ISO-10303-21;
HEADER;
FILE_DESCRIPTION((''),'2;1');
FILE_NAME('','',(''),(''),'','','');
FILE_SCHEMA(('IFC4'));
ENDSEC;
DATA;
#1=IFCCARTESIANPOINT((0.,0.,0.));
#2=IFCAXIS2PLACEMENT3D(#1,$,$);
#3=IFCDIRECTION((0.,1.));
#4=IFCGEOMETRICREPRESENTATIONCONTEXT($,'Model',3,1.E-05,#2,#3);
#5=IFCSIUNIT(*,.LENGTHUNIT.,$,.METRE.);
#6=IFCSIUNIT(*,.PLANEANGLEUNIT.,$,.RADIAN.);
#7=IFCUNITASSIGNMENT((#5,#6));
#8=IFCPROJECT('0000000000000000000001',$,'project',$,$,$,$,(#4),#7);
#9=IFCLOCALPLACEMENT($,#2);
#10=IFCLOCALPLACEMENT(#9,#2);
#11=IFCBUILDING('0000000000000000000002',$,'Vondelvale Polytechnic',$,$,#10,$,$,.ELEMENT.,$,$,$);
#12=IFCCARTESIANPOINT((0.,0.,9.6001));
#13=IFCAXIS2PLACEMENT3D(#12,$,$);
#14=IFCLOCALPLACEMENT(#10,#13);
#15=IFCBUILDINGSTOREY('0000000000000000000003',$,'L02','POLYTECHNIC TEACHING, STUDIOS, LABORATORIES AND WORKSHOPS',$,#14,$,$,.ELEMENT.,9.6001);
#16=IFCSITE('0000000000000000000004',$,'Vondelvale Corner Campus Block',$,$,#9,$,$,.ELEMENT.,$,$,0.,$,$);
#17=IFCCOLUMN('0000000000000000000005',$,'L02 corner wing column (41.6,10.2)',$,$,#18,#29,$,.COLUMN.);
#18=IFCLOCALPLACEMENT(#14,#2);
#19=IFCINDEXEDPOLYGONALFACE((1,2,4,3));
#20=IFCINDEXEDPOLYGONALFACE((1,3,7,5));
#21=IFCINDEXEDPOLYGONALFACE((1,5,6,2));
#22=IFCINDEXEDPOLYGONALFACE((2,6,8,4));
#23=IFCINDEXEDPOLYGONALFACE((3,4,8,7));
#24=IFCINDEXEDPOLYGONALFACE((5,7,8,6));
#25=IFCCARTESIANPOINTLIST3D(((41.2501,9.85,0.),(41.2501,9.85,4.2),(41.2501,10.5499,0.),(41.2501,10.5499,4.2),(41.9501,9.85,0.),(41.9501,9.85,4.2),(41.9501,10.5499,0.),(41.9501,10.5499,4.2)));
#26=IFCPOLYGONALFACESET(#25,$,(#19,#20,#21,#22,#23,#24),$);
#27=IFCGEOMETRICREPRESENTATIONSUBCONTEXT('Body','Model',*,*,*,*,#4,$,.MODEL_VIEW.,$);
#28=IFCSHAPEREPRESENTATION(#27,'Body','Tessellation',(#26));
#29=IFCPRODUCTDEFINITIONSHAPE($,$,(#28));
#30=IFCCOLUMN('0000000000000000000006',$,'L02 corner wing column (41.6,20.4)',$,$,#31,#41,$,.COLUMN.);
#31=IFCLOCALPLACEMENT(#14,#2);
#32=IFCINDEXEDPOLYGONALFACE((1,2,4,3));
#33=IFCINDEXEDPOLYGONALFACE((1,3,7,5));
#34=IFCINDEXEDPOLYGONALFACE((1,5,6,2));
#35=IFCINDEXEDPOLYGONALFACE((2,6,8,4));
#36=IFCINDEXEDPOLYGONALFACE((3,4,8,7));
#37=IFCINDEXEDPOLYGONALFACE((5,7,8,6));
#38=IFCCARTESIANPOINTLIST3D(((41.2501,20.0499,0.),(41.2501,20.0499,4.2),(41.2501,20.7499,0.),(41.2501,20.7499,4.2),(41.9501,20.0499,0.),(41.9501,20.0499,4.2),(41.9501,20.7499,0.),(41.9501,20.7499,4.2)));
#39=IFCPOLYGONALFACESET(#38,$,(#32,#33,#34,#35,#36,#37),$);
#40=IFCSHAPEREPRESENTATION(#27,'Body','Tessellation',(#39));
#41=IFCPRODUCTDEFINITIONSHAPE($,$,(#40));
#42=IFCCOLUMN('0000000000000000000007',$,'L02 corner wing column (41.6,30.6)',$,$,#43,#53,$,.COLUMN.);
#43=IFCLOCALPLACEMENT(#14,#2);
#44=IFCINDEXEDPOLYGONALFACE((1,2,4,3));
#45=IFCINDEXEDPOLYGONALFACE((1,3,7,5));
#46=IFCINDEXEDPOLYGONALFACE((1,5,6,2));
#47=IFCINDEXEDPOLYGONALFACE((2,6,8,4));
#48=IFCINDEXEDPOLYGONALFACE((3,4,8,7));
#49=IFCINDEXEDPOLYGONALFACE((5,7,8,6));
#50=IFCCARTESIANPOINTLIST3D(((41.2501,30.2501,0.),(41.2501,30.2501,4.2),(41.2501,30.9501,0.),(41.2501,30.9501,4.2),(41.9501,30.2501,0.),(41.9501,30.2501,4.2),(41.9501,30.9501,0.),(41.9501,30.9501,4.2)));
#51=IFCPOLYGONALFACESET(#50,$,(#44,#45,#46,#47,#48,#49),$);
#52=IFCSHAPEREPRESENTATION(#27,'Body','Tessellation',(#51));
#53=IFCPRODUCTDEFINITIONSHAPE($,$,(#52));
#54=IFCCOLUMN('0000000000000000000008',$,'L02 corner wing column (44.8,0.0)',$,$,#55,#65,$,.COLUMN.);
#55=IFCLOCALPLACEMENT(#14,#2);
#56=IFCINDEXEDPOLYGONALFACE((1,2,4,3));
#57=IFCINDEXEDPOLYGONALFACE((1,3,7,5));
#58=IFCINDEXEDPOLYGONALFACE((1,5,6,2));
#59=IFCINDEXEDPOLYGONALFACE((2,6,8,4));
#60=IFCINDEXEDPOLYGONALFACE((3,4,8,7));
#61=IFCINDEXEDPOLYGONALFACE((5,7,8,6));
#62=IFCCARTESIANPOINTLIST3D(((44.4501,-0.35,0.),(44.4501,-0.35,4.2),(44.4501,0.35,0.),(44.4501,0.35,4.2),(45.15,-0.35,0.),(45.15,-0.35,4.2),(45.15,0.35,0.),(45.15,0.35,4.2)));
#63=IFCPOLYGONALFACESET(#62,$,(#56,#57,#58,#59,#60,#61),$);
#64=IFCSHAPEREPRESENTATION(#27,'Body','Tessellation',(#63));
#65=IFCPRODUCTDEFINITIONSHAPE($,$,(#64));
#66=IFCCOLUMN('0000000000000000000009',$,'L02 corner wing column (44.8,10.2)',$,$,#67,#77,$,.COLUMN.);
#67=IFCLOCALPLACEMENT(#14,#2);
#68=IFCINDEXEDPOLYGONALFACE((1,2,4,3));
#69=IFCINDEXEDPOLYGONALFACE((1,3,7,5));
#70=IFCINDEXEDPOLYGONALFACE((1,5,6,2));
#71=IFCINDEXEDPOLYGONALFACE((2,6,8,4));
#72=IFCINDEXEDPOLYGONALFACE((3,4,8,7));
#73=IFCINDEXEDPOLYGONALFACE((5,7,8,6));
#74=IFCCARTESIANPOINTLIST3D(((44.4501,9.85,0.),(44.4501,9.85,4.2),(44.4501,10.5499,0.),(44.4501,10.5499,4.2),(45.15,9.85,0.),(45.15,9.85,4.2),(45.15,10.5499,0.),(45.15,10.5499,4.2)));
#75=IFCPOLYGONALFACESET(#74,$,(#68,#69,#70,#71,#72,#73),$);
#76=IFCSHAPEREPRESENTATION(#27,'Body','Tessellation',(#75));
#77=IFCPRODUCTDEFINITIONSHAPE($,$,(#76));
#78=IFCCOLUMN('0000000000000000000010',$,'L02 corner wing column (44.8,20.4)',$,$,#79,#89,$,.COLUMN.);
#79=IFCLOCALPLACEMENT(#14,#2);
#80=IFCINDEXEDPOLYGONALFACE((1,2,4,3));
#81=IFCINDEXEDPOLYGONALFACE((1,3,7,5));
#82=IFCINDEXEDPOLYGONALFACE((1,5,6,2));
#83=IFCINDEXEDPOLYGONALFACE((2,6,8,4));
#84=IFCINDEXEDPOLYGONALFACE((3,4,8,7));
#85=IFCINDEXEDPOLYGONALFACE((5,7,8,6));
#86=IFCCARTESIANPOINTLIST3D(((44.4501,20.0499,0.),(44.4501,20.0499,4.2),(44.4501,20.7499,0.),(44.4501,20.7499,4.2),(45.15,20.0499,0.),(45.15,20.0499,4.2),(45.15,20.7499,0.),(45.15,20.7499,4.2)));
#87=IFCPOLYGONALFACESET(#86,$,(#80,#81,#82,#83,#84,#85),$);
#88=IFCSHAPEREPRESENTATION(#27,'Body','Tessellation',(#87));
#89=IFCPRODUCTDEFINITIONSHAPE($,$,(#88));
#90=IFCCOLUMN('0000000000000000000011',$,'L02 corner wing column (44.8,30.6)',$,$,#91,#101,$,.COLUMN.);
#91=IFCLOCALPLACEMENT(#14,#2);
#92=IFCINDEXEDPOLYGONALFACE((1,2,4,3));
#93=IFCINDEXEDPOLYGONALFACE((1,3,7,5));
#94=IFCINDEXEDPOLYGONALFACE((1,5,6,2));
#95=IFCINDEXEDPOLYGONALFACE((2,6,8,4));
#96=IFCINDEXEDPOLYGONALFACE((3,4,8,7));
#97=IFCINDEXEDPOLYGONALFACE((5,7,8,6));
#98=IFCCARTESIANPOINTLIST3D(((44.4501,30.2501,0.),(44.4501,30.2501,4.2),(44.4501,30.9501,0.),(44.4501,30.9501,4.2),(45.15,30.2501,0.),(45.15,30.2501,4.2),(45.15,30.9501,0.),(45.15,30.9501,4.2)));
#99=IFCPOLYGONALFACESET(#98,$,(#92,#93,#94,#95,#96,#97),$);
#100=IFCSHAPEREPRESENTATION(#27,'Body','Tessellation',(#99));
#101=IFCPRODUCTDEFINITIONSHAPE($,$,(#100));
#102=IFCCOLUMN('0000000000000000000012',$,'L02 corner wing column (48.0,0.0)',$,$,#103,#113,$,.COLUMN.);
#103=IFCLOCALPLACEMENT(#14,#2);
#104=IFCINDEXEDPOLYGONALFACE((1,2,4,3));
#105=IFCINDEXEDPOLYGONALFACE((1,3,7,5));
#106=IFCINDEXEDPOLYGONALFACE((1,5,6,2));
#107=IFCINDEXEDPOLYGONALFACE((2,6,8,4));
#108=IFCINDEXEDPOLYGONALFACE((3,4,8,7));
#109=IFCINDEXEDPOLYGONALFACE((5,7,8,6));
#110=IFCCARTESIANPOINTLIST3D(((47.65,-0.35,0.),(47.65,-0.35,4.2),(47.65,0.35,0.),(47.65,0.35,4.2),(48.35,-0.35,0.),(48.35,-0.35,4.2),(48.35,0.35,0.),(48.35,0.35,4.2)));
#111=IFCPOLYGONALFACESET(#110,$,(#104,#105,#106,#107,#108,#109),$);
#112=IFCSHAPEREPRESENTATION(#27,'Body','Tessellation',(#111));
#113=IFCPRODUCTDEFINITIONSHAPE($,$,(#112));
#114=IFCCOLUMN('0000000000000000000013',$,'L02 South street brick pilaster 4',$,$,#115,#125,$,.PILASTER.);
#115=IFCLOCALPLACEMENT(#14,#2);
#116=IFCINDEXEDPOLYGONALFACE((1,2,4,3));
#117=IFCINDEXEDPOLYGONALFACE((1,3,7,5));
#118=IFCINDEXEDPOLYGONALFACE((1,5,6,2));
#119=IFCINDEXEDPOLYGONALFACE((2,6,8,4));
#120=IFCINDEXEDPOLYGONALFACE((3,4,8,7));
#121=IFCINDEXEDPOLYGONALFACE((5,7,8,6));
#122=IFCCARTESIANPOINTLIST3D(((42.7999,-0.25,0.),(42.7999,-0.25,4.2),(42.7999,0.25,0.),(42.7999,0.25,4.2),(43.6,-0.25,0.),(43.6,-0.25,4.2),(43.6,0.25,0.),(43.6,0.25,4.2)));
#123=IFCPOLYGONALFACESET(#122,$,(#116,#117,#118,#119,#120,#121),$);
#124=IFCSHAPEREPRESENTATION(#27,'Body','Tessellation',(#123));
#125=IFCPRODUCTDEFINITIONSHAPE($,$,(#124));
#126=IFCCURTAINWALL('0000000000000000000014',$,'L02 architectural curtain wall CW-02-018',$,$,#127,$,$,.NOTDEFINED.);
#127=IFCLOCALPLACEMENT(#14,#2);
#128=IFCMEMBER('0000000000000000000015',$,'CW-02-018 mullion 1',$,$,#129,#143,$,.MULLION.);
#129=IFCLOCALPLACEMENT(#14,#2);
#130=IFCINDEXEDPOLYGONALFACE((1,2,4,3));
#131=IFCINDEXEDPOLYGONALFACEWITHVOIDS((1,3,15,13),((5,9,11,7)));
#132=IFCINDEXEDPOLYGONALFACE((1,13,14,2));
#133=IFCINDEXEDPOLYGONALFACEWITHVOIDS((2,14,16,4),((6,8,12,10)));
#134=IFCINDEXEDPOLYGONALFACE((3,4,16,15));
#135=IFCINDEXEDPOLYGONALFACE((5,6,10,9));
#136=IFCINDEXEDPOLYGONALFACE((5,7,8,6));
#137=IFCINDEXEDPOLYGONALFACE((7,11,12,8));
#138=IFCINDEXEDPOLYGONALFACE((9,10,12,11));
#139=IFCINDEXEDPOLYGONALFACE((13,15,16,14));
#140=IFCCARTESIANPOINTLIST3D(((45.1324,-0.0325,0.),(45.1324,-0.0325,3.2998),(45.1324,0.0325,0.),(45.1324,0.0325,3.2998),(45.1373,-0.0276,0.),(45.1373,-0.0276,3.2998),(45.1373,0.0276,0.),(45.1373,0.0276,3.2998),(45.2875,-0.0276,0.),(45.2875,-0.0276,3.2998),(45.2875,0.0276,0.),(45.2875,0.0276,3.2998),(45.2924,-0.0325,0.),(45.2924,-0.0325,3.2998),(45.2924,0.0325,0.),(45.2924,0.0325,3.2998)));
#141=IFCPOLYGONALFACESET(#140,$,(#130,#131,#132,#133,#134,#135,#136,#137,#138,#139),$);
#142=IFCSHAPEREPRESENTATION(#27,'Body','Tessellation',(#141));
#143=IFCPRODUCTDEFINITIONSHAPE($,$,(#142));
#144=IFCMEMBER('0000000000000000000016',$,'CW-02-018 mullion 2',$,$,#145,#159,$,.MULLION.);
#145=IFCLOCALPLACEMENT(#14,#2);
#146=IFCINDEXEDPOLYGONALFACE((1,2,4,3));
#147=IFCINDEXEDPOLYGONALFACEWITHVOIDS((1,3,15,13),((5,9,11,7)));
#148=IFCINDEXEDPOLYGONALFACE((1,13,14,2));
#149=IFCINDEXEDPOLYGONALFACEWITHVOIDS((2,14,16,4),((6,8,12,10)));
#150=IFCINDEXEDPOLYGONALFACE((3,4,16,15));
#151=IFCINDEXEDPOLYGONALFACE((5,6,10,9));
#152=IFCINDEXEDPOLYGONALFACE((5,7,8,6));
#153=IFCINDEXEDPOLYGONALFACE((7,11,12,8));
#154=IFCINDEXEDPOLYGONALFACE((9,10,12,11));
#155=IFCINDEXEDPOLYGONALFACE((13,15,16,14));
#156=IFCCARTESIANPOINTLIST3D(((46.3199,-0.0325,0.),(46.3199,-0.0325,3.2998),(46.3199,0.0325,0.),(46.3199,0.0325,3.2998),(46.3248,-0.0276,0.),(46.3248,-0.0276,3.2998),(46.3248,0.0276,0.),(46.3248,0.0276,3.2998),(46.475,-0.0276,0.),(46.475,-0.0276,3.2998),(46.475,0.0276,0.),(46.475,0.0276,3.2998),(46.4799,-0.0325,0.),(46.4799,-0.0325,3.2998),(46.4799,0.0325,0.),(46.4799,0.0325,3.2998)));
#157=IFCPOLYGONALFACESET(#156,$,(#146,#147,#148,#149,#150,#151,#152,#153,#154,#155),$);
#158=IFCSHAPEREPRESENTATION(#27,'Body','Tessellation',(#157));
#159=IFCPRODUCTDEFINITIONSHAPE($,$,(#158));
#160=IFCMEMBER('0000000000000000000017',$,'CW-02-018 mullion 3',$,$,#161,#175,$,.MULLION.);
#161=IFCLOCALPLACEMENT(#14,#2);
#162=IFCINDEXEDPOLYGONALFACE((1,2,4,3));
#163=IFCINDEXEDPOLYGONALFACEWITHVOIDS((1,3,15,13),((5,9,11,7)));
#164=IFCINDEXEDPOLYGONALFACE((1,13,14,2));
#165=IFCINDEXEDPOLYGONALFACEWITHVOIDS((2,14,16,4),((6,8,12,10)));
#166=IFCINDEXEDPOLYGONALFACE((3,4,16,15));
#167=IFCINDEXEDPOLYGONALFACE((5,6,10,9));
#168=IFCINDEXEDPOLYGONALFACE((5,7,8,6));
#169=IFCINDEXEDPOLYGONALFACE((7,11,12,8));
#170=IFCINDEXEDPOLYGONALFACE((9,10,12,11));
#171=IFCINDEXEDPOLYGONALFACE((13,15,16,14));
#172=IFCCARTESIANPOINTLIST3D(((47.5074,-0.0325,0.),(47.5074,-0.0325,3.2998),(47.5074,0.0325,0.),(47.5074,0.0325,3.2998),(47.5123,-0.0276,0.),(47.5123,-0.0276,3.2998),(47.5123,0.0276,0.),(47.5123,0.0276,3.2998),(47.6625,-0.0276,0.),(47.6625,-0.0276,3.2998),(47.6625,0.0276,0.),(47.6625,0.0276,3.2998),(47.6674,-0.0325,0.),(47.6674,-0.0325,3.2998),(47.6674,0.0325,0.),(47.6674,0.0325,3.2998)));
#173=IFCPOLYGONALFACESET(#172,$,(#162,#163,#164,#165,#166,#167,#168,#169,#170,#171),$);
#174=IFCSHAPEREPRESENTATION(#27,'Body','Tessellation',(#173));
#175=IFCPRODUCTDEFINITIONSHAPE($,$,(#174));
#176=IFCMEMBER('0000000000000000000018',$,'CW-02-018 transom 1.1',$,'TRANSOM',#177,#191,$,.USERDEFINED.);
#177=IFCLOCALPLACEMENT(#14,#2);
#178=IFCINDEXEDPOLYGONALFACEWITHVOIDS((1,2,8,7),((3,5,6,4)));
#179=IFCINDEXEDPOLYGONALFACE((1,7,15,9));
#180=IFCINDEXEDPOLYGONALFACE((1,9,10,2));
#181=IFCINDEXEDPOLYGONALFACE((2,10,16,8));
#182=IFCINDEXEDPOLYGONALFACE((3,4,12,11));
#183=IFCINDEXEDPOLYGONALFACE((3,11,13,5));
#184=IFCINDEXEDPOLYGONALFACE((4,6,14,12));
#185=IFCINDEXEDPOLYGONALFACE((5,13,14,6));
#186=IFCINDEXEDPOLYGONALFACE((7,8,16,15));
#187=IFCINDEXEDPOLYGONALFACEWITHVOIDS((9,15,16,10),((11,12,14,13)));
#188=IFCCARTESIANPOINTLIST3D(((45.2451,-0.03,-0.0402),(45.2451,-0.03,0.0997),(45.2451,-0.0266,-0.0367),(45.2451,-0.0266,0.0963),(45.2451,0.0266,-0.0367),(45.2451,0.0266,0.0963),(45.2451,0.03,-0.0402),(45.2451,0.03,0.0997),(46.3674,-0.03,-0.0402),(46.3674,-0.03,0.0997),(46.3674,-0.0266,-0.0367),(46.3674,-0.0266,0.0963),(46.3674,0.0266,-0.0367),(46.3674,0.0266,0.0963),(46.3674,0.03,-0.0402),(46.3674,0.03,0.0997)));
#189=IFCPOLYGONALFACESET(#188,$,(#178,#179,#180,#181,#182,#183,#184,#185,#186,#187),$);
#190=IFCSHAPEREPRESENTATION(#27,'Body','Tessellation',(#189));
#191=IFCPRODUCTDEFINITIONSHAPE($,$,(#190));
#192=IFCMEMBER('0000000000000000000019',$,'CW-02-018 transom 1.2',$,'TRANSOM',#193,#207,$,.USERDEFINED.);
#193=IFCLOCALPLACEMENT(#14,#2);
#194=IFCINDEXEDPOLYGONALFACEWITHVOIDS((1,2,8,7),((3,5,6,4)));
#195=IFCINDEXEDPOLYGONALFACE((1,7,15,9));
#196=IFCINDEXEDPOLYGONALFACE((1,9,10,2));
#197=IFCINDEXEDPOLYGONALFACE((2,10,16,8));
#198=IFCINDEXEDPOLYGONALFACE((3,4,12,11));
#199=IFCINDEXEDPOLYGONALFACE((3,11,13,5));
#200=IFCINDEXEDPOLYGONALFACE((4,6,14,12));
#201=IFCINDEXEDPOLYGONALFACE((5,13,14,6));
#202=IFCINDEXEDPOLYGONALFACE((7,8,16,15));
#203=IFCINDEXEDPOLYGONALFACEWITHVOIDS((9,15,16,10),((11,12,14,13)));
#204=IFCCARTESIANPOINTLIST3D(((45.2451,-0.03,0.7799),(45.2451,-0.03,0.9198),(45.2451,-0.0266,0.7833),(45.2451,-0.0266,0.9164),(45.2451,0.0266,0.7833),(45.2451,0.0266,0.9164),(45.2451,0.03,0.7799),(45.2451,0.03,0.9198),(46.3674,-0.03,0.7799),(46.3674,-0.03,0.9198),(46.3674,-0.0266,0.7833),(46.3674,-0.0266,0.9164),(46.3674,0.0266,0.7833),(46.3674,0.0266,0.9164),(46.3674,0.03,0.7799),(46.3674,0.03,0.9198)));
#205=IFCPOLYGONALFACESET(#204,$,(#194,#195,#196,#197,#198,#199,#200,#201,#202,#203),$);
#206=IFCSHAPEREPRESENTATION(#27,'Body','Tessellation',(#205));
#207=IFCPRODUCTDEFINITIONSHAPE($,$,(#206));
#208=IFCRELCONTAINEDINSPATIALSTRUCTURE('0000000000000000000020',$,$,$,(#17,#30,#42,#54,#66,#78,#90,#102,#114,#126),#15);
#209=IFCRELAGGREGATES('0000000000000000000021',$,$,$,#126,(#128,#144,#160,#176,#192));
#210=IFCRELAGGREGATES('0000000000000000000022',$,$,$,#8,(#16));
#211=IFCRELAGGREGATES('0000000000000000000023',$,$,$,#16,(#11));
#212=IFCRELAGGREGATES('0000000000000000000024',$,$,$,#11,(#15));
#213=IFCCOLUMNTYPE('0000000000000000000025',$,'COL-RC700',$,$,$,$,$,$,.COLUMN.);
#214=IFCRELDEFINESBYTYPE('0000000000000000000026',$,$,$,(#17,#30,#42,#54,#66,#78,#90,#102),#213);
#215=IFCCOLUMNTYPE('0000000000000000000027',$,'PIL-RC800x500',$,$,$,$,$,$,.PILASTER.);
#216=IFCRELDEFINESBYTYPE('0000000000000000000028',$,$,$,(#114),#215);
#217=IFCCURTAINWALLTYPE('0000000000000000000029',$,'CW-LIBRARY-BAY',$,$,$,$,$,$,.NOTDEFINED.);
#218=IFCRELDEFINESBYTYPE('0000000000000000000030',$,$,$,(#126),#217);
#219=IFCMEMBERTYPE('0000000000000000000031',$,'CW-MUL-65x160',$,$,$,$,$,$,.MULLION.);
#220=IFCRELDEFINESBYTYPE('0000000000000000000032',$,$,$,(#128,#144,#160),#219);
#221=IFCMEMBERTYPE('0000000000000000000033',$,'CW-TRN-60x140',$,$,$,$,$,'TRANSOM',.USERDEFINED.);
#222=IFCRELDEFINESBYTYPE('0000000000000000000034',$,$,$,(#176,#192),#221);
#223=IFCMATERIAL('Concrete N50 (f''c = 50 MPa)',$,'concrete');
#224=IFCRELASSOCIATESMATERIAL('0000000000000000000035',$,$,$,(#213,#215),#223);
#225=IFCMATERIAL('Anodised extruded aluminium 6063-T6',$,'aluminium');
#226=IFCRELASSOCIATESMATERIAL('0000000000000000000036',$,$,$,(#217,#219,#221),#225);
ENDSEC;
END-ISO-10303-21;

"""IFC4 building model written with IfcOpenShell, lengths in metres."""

from ifc_helpers import new_model, si_unit, direction, frame, origin, origin_2d, place, context, subcontext, project, spatial, rectangle, hollow_rectangle, extrude, material, material_profile, profile_set, type_object, element, aggregate, save


model = new_model("IFC4")

# Units and contexts
model_context = context("Model", 3, precision=1e-05, world=origin(), true_north=direction((0.0, 1.0)))
body_context = subcontext(model_context, "Body", "Model", "MODEL_VIEW")
ifc_project = project(units=[si_unit("LENGTHUNIT", "METRE"), si_unit("PLANEANGLEUNIT", "RADIAN")], contexts=[model_context])

# Site, building, storey
site_placement = place(None, origin())
site = spatial("IfcSite", under=ifc_project, at=site_placement, Name="Vondelvale Corner Campus Block", CompositionType="ELEMENT", RefElevation=0.0)
building_placement = place(site_placement, origin())
building = spatial("IfcBuilding", under=site, at=building_placement, Name="Vondelvale Polytechnic", CompositionType="ELEMENT")
storey_placement = place(building_placement, frame((0.0, 0.0, 9.6001)))
storey = spatial("IfcBuildingStorey", under=building, at=storey_placement, Name="L02", Description="POLYTECHNIC TEACHING, STUDIOS, LABORATORIES AND WORKSHOPS", CompositionType="ELEMENT", Elevation=9.6001)

# Columns
ifc_material_1 = material(Name="Concrete N50 (f'c = 50 MPa)", Category="concrete")
ifc_material_profile_1 = material_profile(ifc_material_1, rectangle(XDim=0.7, YDim=0.7, at=origin_2d()), Name="RC-COL-700x700")
ifc_profile_set_1 = profile_set([ifc_material_profile_1], Name="Concrete N50 (f'c = 50 MPa)")
column_type_1 = type_object("IfcColumnType", Name="COL-RC700", PredefinedType="COLUMN", material=ifc_profile_set_1)
for number, where, z_axis, x_axis, name in (
    (1, (41.6001, 10.2, 0.0), (0.0, 0.0, 1.0), (1.0, 0.0, 0.0), "L02 corner wing column (41.6,10.2)"),
    (2, (41.6001, 20.3999, 0.0), (0.0, 0.0, 1.0), (1.0, 0.0, 0.0), "L02 corner wing column (41.6,20.4)"),
    (3, (41.6001, 30.6001, 0.0), (0.0, 0.0, 1.0), (1.0, 0.0, 0.0), "L02 corner wing column (41.6,30.6)"),
    (4, (44.8, 0.0, 0.0), (0.0, 0.0, 1.0), (1.0, 0.0, 0.0), "L02 corner wing column (44.8,0.0)"),
    (5, (44.8, 10.2, 0.0), (0.0, 0.0, 1.0), (1.0, 0.0, 0.0), "L02 corner wing column (44.8,10.2)"),
    (6, (44.8, 20.3999, 0.0), (0.0, 0.0, 1.0), (1.0, 0.0, 0.0), "L02 corner wing column (44.8,20.4)"),
    (7, (44.8, 30.6001, 0.0), (0.0, 0.0, 1.0), (1.0, 0.0, 0.0), "L02 corner wing column (44.8,30.6)"),
    (8, (48.0, 0.0, 0.0), (0.0, 0.0, 1.0), (1.0, 0.0, 0.0), "L02 corner wing column (48.0,0.0)"),
):
    element("IfcColumn", number, at=place(storey_placement, frame(where, z_axis=z_axis, x_axis=x_axis)), inside=storey, type_object=column_type_1, Name=name, PredefinedType="COLUMN", context=body_context, shape_type="SweptSolid", body=[
        extrude(rectangle(XDim=0.7, YDim=0.7, at=origin_2d()), origin(), (0.0, 0.0, 1.0), 4.2),
    ])
ifc_material_profile_2 = material_profile(ifc_material_1, rectangle(XDim=0.5, YDim=0.8, at=origin_2d()), Name="RC-PIL-800x500")
ifc_profile_set_2 = profile_set([ifc_material_profile_2], Name="Concrete N50 (f'c = 50 MPa)")
column_type_2 = type_object("IfcColumnType", Name="PIL-RC800x500", PredefinedType="PILASTER", material=ifc_profile_set_2)
column_placement = place(storey_placement, frame((43.2, 0.0, 0.0), z_axis=(0.0, 0.0, 1.0), x_axis=(0.0, 1.0, 0.0)))
element("IfcColumn", 9, at=column_placement, inside=storey, type_object=column_type_2, Name="L02 South street brick pilaster 4", PredefinedType="PILASTER", context=body_context, shape_type="SweptSolid", body=[
    extrude(rectangle(XDim=0.5, YDim=0.8, at=origin_2d()), origin(), (0.0, 0.0, 1.0), 4.2),
])

# Curtain wall, members
ifc_material_2 = material(Name="Anodised extruded aluminium 6063-T6", Category="aluminium")
curtain_wall_type = type_object("IfcCurtainWallType", Name="CW-LIBRARY-BAY", PredefinedType="NOTDEFINED", material=ifc_material_2)
curtain_wall_placement = place(storey_placement, origin())
curtain_wall = element("IfcCurtainWall", 10, at=curtain_wall_placement, inside=storey, type_object=curtain_wall_type, Name="L02 architectural curtain wall CW-02-018", PredefinedType="NOTDEFINED")
ifc_material_profile_3 = material_profile(ifc_material_2, hollow_rectangle(XDim=0.0649, YDim=0.1599, WallThickness=0.0049, at=origin_2d()), Name="CW-MUL-160x65")
ifc_profile_set_3 = profile_set([ifc_material_profile_3], Name="Anodised extruded aluminium 6063-T6")
member_type_1 = type_object("IfcMemberType", Name="CW-MUL-65x160", PredefinedType="MULLION", material=ifc_profile_set_3)
member_1_placement = place(storey_placement, frame((45.2124, 0.0, 0.0), z_axis=(0.0, 0.0, 1.0), x_axis=(0.0, 1.0, 0.0)))
member_1 = element("IfcMember", 11, at=member_1_placement, type_object=member_type_1, Name="CW-02-018 mullion 1", PredefinedType="MULLION", context=body_context, shape_type="SweptSolid", body=[
    extrude(hollow_rectangle(XDim=0.0649, YDim=0.1599, WallThickness=0.0049, at=origin_2d()), origin(), (0.0, 0.0, 1.0), 3.2998),
])
member_2_placement = place(storey_placement, frame((46.3999, 0.0, 0.0), z_axis=(0.0, 0.0, 1.0), x_axis=(0.0, 1.0, 0.0)))
member_2 = element("IfcMember", 12, at=member_2_placement, type_object=member_type_1, Name="CW-02-018 mullion 2", PredefinedType="MULLION", context=body_context, shape_type="SweptSolid", body=[
    extrude(hollow_rectangle(XDim=0.0649, YDim=0.1599, WallThickness=0.0049, at=origin_2d()), origin(), (0.0, 0.0, 1.0), 3.2998),
])
member_3_placement = place(storey_placement, frame((47.5874, 0.0, 0.0), z_axis=(0.0, 0.0, 1.0), x_axis=(0.0, 1.0, 0.0)))
member_3 = element("IfcMember", 13, at=member_3_placement, type_object=member_type_1, Name="CW-02-018 mullion 3", PredefinedType="MULLION", context=body_context, shape_type="SweptSolid", body=[
    extrude(hollow_rectangle(XDim=0.0649, YDim=0.1599, WallThickness=0.0049, at=origin_2d()), origin(), (0.0, 0.0, 1.0), 3.2998),
])
ifc_material_profile_4 = material_profile(ifc_material_2, hollow_rectangle(XDim=0.0601, YDim=0.1399, WallThickness=0.0034, at=origin_2d()), Name="CW-TRN-140x60")
ifc_profile_set_4 = profile_set([ifc_material_profile_4], Name="Anodised extruded aluminium 6063-T6")
member_type_2 = type_object("IfcMemberType", Name="CW-TRN-60x140", ElementType="TRANSOM", PredefinedType="USERDEFINED", material=ifc_profile_set_4)
member_4_placement = place(storey_placement, frame((45.2451, 0.0, 0.0298), z_axis=(1.0, 0.0, 0.0), x_axis=(0.0, 1.0, 0.0)))
member_4 = element("IfcMember", 14, at=member_4_placement, type_object=member_type_2, Name="CW-02-018 transom 1.1", ObjectType="TRANSOM", PredefinedType="USERDEFINED", context=body_context, shape_type="SweptSolid", body=[
    extrude(hollow_rectangle(XDim=0.0601, YDim=0.1399, WallThickness=0.0034, at=origin_2d()), origin(), (0.0, 0.0, 1.0), 1.1223),
])
member_5_placement = place(storey_placement, frame((45.2451, 0.0, 0.8499), z_axis=(1.0, 0.0, 0.0), x_axis=(0.0, 1.0, 0.0)))
member_5 = element("IfcMember", 15, at=member_5_placement, type_object=member_type_2, Name="CW-02-018 transom 1.2", ObjectType="TRANSOM", PredefinedType="USERDEFINED", context=body_context, shape_type="SweptSolid", body=[
    extrude(hollow_rectangle(XDim=0.0601, YDim=0.1399, WallThickness=0.0034, at=origin_2d()), origin(), (0.0, 0.0, 1.0), 1.1223),
])
aggregate(curtain_wall, [member_1, member_2, member_3, member_4, member_5])

save(model, "model.ifc")
